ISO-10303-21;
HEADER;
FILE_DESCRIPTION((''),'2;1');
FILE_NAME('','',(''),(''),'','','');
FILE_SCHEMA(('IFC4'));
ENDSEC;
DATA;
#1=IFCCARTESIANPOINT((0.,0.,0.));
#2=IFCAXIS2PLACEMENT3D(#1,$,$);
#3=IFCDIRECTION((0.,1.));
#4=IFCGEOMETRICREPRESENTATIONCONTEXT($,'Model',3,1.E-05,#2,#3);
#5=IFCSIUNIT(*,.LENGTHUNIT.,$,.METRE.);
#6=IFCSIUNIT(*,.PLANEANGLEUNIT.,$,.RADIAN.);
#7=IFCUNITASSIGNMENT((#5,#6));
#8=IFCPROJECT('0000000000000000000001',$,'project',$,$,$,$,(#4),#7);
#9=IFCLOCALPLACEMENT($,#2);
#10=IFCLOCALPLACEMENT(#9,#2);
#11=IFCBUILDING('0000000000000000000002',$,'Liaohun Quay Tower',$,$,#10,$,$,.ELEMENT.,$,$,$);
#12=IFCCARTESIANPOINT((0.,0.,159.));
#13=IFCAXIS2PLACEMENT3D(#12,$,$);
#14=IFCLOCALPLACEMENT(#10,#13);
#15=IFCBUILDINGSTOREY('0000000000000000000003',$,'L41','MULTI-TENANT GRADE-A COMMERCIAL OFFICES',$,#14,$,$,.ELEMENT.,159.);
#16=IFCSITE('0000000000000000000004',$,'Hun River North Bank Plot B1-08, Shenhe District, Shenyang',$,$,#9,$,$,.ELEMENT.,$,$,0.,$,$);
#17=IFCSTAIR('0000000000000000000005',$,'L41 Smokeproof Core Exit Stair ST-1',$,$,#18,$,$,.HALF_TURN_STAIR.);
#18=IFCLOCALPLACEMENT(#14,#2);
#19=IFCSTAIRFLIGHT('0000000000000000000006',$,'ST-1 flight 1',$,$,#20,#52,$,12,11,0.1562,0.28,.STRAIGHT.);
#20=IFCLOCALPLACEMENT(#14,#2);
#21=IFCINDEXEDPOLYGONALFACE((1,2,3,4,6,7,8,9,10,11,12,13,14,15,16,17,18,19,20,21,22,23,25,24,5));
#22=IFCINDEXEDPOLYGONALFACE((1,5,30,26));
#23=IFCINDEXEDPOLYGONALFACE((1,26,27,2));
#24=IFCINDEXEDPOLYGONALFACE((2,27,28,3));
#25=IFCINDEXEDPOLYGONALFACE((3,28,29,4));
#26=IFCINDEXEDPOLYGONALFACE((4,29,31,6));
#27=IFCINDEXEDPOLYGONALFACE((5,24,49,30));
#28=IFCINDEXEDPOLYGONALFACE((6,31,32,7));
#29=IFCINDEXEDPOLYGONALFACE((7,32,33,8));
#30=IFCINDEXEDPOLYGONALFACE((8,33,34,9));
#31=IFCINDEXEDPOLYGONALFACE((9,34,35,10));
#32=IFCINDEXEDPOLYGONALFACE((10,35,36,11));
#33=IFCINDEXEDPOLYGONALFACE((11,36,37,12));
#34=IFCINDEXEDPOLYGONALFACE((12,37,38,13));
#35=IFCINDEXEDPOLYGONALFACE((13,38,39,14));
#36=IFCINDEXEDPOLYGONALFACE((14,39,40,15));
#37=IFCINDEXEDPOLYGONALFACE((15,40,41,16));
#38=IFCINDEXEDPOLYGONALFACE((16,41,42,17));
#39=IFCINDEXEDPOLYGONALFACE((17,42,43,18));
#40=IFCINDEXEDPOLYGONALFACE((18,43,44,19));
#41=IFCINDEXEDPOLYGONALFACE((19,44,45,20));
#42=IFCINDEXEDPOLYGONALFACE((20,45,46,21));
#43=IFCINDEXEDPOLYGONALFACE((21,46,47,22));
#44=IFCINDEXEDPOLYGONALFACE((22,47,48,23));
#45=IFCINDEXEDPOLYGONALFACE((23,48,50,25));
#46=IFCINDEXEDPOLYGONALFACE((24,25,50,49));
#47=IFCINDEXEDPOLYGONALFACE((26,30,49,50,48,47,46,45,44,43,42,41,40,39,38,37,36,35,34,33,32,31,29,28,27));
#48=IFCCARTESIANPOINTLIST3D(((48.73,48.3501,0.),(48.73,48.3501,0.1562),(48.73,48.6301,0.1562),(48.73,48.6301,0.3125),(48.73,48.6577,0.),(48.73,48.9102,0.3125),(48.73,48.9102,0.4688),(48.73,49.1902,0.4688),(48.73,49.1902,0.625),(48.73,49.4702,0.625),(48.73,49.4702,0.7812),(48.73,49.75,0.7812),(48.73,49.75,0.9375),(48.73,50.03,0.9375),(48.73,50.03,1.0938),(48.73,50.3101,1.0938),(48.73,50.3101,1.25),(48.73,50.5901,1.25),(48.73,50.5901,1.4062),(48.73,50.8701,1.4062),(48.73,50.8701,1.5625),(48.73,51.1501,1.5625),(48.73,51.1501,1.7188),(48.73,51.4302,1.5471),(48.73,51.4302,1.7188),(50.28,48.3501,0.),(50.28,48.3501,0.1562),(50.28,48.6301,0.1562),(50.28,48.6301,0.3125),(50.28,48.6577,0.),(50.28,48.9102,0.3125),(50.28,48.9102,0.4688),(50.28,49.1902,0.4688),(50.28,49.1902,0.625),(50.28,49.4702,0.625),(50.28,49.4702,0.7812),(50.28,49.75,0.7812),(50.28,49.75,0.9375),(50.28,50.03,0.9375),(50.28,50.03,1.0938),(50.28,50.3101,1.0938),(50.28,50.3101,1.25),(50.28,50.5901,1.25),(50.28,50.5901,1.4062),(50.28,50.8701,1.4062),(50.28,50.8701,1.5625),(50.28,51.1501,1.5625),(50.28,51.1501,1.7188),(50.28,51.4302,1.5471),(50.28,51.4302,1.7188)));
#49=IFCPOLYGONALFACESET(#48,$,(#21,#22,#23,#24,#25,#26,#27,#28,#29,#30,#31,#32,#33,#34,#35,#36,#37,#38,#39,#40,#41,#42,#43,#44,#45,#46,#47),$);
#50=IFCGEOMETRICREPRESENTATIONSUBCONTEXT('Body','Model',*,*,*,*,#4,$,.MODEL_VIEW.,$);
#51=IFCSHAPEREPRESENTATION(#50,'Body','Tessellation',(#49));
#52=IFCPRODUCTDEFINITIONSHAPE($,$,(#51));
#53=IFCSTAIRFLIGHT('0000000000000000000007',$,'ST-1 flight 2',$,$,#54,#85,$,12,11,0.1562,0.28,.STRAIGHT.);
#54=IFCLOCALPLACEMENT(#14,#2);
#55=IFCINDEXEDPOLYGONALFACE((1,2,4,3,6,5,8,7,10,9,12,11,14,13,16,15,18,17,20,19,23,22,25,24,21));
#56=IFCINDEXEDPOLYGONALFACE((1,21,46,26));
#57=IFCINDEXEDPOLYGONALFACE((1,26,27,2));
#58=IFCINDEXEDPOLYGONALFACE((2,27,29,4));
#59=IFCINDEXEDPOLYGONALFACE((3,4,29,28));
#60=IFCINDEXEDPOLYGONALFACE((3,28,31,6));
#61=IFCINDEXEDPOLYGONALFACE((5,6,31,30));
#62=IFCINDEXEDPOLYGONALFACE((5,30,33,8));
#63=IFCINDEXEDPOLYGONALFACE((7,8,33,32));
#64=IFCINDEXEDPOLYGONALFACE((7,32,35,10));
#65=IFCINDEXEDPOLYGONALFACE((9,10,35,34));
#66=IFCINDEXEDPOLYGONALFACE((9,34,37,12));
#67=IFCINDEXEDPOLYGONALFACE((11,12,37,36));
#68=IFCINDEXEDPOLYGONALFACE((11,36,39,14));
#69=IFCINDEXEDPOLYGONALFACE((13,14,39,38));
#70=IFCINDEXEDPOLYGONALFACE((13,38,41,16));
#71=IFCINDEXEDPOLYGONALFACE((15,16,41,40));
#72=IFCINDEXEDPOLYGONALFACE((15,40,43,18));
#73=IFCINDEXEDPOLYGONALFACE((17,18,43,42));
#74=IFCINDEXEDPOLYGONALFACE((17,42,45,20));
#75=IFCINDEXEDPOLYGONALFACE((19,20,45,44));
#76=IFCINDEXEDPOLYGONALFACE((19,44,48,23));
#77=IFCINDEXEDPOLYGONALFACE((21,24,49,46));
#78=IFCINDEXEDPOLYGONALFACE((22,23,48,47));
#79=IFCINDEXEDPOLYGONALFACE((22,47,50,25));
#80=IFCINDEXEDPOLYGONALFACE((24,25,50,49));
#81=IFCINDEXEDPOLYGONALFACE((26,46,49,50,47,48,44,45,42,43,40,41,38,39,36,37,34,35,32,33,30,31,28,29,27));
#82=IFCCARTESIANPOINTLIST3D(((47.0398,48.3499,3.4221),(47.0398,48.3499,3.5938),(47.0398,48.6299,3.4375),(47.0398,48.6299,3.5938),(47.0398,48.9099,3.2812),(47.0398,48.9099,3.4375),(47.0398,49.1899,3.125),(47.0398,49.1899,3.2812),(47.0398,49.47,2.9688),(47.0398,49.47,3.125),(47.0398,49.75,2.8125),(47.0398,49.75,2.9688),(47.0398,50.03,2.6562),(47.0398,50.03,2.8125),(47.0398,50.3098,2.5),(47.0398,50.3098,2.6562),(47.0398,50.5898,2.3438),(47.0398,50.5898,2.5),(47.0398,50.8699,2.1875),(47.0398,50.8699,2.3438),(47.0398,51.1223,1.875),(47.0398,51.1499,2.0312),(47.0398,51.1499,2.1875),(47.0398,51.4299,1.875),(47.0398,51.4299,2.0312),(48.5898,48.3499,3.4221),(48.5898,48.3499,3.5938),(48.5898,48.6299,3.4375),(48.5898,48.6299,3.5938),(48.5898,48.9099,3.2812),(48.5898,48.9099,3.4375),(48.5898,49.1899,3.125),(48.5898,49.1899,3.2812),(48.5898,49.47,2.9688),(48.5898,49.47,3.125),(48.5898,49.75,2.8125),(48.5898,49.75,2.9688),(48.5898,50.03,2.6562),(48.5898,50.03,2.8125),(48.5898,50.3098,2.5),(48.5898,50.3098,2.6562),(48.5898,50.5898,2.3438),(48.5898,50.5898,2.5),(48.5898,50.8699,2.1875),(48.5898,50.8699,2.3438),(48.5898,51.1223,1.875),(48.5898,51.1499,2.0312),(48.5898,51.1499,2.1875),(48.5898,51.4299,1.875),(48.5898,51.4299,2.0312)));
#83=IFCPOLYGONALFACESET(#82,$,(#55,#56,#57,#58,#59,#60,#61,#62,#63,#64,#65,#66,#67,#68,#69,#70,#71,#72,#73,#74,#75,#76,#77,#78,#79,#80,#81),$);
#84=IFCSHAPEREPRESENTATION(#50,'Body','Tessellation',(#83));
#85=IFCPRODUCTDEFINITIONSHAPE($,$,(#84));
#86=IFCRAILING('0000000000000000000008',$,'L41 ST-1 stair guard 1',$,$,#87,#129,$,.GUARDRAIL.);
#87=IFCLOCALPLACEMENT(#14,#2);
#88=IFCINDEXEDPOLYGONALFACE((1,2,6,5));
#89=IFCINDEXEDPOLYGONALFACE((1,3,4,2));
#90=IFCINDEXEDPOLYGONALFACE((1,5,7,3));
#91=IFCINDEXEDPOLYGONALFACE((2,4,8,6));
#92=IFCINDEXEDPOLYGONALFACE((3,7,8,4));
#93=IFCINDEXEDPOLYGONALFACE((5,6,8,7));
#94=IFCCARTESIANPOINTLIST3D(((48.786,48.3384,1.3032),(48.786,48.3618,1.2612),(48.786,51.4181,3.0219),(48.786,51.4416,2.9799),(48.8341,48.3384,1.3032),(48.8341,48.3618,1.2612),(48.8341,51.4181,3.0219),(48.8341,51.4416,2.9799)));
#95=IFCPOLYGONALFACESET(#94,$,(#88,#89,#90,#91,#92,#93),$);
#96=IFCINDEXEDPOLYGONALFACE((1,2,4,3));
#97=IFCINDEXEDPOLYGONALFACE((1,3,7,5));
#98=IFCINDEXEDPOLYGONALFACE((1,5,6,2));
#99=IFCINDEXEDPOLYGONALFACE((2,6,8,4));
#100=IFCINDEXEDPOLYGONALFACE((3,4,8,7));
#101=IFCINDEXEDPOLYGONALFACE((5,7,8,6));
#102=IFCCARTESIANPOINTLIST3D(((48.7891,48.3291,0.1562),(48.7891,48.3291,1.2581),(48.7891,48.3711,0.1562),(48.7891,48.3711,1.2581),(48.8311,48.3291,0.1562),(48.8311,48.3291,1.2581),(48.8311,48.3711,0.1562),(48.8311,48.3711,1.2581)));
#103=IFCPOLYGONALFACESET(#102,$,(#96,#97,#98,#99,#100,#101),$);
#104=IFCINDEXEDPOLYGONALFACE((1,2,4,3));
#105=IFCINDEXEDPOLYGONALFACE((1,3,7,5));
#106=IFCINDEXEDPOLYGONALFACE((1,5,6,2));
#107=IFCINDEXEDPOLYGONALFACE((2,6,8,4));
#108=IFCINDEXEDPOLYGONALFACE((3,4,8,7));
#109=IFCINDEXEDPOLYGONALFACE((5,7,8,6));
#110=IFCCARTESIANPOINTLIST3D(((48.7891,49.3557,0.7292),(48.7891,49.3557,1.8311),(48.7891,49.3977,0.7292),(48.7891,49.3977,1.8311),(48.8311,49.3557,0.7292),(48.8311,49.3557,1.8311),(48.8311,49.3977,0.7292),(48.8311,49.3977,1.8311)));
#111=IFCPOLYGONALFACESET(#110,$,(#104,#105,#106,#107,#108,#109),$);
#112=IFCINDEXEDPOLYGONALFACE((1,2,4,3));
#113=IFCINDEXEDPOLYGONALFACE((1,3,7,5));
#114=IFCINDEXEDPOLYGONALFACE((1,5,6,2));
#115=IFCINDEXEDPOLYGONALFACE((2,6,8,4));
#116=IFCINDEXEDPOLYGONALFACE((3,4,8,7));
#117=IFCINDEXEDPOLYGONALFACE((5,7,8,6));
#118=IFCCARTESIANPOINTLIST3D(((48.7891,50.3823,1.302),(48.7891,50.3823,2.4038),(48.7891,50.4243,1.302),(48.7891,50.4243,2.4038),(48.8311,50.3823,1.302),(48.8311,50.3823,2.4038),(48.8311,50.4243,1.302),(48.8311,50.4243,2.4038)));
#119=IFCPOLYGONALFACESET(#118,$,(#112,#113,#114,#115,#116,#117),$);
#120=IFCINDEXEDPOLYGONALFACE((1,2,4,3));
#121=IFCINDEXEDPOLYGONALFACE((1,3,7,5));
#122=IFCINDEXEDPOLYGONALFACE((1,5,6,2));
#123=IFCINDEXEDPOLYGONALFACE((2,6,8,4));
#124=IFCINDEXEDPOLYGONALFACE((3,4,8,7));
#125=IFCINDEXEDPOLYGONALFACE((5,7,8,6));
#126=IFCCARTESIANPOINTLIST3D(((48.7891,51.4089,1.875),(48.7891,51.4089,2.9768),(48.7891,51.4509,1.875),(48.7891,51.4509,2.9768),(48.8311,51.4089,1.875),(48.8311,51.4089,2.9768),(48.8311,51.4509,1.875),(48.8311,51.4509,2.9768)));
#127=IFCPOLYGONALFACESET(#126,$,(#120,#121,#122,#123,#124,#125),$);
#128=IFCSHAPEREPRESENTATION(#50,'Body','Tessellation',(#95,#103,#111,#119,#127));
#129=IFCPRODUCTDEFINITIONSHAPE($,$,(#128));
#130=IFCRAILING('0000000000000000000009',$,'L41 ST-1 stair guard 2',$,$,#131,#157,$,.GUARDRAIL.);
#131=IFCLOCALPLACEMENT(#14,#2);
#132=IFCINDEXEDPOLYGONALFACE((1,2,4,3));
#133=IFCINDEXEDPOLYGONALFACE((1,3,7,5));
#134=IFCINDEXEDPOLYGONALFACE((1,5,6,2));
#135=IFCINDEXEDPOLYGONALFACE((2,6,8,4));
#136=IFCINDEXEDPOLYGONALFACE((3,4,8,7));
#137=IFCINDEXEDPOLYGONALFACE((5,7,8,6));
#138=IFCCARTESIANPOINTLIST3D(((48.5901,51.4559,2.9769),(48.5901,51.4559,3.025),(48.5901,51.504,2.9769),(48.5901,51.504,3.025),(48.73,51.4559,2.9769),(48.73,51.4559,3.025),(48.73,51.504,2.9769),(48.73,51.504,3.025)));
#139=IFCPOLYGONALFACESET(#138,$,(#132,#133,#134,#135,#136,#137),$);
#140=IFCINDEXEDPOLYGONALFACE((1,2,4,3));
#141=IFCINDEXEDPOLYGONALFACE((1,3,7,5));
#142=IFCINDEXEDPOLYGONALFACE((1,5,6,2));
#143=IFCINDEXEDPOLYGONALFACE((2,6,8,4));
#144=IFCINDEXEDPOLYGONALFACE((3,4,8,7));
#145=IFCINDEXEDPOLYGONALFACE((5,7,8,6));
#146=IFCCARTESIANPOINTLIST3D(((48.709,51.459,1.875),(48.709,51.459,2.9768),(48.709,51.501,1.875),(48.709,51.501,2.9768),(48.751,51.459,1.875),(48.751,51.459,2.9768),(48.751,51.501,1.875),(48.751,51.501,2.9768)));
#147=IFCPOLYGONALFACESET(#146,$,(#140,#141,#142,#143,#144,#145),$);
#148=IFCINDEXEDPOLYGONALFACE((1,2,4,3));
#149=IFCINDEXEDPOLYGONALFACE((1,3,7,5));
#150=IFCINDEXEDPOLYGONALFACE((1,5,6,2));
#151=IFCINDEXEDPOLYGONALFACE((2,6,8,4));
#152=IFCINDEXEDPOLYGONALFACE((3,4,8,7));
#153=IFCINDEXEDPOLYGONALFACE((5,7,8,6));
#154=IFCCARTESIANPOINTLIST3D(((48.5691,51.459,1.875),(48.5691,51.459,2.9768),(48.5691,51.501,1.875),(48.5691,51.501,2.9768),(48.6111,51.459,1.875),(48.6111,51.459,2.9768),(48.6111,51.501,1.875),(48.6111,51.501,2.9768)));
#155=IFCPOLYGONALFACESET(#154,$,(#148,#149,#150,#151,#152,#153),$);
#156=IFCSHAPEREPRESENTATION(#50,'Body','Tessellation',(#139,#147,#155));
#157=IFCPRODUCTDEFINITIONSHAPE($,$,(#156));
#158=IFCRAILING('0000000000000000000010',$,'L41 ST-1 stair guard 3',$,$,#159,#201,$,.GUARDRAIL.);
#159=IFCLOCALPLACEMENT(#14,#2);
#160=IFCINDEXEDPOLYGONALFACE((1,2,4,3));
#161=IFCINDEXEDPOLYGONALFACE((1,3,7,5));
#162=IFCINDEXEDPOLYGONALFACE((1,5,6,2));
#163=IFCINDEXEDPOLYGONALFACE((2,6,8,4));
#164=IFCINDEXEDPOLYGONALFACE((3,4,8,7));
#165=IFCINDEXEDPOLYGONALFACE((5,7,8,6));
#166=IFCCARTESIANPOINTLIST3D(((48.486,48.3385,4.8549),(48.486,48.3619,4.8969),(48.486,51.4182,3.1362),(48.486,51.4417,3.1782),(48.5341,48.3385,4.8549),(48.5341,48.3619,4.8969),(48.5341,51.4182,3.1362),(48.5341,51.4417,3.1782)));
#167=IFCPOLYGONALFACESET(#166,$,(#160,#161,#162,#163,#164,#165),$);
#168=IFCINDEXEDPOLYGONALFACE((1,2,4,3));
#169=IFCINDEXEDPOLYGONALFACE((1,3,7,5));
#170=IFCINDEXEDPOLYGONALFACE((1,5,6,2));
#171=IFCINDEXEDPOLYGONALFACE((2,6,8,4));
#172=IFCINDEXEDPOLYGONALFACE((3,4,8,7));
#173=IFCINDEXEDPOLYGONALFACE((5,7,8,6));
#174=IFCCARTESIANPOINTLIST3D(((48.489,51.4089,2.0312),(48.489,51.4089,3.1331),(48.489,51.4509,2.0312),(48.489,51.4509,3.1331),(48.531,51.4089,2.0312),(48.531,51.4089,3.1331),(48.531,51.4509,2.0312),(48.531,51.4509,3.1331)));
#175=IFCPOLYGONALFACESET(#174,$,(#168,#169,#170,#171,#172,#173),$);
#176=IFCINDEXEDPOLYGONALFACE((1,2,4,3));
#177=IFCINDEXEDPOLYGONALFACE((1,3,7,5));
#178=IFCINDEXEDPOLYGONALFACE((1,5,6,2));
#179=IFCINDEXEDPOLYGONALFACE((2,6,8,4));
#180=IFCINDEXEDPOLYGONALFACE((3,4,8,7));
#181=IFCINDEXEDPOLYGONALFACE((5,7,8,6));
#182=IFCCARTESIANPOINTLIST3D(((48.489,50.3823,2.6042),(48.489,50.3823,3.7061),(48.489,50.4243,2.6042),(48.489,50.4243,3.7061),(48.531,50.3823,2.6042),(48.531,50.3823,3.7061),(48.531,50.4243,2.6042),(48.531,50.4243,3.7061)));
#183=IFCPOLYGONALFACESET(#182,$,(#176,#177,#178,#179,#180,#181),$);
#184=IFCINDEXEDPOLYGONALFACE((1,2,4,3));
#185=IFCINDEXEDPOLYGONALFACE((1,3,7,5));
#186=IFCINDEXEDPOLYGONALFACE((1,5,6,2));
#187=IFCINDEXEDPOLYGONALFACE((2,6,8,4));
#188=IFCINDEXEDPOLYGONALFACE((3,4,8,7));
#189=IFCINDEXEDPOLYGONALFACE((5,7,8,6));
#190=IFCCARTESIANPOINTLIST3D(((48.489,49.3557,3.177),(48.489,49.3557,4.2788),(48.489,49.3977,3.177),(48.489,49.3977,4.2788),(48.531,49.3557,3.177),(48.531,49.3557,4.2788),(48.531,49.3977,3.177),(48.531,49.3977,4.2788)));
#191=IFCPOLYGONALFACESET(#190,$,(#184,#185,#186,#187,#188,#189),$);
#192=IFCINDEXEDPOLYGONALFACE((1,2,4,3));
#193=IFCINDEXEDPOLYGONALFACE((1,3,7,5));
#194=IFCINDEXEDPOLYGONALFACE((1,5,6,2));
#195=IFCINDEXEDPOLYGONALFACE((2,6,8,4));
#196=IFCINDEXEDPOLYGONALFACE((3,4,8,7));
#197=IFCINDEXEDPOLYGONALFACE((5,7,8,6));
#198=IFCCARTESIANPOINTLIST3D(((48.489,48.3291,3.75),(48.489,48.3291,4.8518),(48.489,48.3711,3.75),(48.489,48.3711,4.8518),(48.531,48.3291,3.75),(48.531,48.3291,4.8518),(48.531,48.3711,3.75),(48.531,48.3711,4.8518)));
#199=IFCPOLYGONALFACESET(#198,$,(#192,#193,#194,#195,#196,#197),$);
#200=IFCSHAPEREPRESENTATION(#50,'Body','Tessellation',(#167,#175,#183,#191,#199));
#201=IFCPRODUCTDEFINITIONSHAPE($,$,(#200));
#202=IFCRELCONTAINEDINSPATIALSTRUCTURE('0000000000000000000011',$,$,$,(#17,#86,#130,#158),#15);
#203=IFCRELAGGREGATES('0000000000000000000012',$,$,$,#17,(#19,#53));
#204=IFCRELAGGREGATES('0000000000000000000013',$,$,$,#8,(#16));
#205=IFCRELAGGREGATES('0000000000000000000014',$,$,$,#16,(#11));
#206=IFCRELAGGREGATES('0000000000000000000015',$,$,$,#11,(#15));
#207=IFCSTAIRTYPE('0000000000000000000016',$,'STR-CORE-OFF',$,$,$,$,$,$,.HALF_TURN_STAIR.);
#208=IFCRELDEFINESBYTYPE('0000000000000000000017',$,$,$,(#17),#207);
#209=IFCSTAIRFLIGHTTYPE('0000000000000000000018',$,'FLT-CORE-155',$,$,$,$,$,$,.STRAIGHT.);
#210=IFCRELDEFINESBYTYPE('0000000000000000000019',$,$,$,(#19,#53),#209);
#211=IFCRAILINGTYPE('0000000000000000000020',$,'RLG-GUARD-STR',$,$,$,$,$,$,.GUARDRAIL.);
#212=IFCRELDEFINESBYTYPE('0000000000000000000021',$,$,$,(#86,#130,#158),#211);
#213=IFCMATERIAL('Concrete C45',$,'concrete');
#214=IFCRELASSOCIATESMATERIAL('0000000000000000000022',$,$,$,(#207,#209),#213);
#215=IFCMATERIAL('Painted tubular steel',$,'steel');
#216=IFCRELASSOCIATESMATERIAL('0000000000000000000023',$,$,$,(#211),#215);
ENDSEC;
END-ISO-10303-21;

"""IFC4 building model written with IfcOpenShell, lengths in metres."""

from ifc_helpers import new_model, si_unit, direction, frame, origin, origin_2d, place, context, subcontext, project, spatial, polyline, rectangle, outline, extrude, material, type_object, element, aggregate, save


model = new_model("IFC4")

# Units and contexts
model_context = context("Model", 3, precision=1e-05, world=origin(), true_north=direction((0.0, 1.0)))
body_context = subcontext(model_context, "Body", "Model", "MODEL_VIEW")
ifc_project = project(units=[si_unit("LENGTHUNIT", "METRE"), si_unit("PLANEANGLEUNIT", "RADIAN")], contexts=[model_context])

# Site, building, storey
site_placement = place(None, origin())
site = spatial("IfcSite", under=ifc_project, at=site_placement, Name="Hun River North Bank Plot B1-08, Shenhe District, Shenyang", CompositionType="ELEMENT", RefElevation=0.0)
building_placement = place(site_placement, origin())
building = spatial("IfcBuilding", under=site, at=building_placement, Name="Liaohun Quay Tower", CompositionType="ELEMENT")
storey_placement = place(building_placement, frame((0.0, 0.0, 159.0)))
storey = spatial("IfcBuildingStorey", under=building, at=storey_placement, Name="L41", Description="MULTI-TENANT GRADE-A COMMERCIAL OFFICES", CompositionType="ELEMENT", Elevation=159.0)

# Stair
ifc_material_1 = material(Name="Concrete C45", Category="concrete")
stair_type = type_object("IfcStairType", Name="STR-CORE-OFF", PredefinedType="HALF_TURN_STAIR", material=ifc_material_1)
stair_1_placement = place(storey_placement, origin())
stair_1 = element("IfcStair", 1, at=stair_1_placement, inside=storey, type_object=stair_type, Name="L41 Smokeproof Core Exit Stair ST-1", PredefinedType="HALF_TURN_STAIR")

# Stair flights
stair_flight_type = type_object("IfcStairFlightType", Name="FLT-CORE-155", PredefinedType="STRAIGHT", material=ifc_material_1)
stair_flight_1_placement = place(storey_placement, frame((49.5049, 48.3501, 0.0), z_axis=(0.0, 0.0, 1.0), x_axis=(0.0, 1.0, 0.0)))
stair_flight_1 = element("IfcStairFlight", 2, at=stair_flight_1_placement, type_object=stair_flight_type, Name="ST-1 flight 1", NumberOfRisers=12, NumberOfTreads=11, PredefinedType="STRAIGHT", RiserHeight=0.1562, TreadLength=0.28, context=body_context, shape_type="SweptSolid", body=[
    extrude(outline(polyline([(0.0, 0.0), (0.0, 0.1562), (0.28, 0.1562), (0.28, 0.3125), (0.5601, 0.3125), (0.5601, 0.4688), (0.8401, 0.4688), (0.8401, 0.625), (1.1201, 0.625), (1.1201, 0.7812), (1.3999, 0.7812), (1.3999, 0.9375), (1.6799, 0.9375), (1.6799, 1.0938), (1.96, 1.0938), (1.96, 1.25), (2.24, 1.25), (2.24, 1.4062), (2.52, 1.4062), (2.52, 1.5625), (2.8, 1.5625), (2.8, 1.7188), (3.0801, 1.7188), (3.0801, 1.875), (3.0801, 1.5471), (0.3076, 0.0), (0.0, 0.0)])), frame((0.0, 0.7749, 0.0), z_axis=(0.0, -1.0, 0.0), x_axis=(1.0, 0.0, 0.0)), (0.0, 0.0, 1.0), 1.55),
])
stair_flight_2_placement = place(storey_placement, frame((47.8149, 51.4299, 1.875), z_axis=(0.0, 0.0, 1.0), x_axis=(0.0, -1.0, 0.0)))
stair_flight_2 = element("IfcStairFlight", 3, at=stair_flight_2_placement, type_object=stair_flight_type, Name="ST-1 flight 2", NumberOfRisers=12, NumberOfTreads=11, PredefinedType="STRAIGHT", RiserHeight=0.1562, TreadLength=0.28, context=body_context, shape_type="SweptSolid", body=[
    extrude(outline(polyline([(0.0, 0.0), (0.0, 0.1562), (0.28, 0.1562), (0.28, 0.3125), (0.5601, 0.3125), (0.5601, 0.4688), (0.8401, 0.4688), (0.8401, 0.625), (1.1201, 0.625), (1.1201, 0.7812), (1.3999, 0.7812), (1.3999, 0.9375), (1.6799, 0.9375), (1.6799, 1.0938), (1.96, 1.0938), (1.96, 1.25), (2.24, 1.25), (2.24, 1.4062), (2.52, 1.4062), (2.52, 1.5625), (2.8, 1.5625), (2.8, 1.7188), (3.0801, 1.7188), (3.0801, 1.875), (3.0801, 1.5471), (0.3076, 0.0), (0.0, 0.0)])), frame((0.0, 0.7749, 0.0), z_axis=(0.0, -1.0, 0.0), x_axis=(1.0, 0.0, 0.0)), (0.0, 0.0, 1.0), 1.55),
])
aggregate(stair_1, [stair_flight_1, stair_flight_2])

# Railings
ifc_material_2 = material(Name="Painted tubular steel", Category="steel")
railing_type_1 = type_object("IfcRailingType", Name="RLG-GUARD-STR", PredefinedType="GUARDRAIL", material=ifc_material_2)
railing_1_placement = place(storey_placement, frame((48.8101, 48.3501, 0.1562)))
element("IfcRailing", 4, at=railing_1_placement, inside=storey, type_object=railing_type_1, Name="L41 ST-1 stair guard 1", PredefinedType="GUARDRAIL", context=body_context, shape_type="SweptSolid", body=[
    extrude(rectangle(XDim=0.0481, YDim=0.0481, at=origin_2d()), frame((0.0, 0.0, 1.126), z_axis=(0.0, 0.873225, 0.487317), x_axis=(-1.0, 0.0, 0.0)), (0.0, 0.0, 1.0), 3.5269),
    extrude(rectangle(XDim=0.042, YDim=0.042, at=origin_2d()), origin(), (0.0, 0.0, 1.0), 1.1018),
    extrude(rectangle(XDim=0.042, YDim=0.042, at=origin_2d()), frame((0.0, 1.0266, 0.573)), (0.0, 0.0, 1.0), 1.1018),
    extrude(rectangle(XDim=0.042, YDim=0.042, at=origin_2d()), frame((0.0, 2.0532, 1.1458)), (0.0, 0.0, 1.0), 1.1018),
    extrude(rectangle(XDim=0.042, YDim=0.042, at=origin_2d()), frame((0.0, 3.0798, 1.7188)), (0.0, 0.0, 1.0), 1.1018),
])
railing_2_placement = place(storey_placement, frame((48.73, 51.48, 1.875)))
element("IfcRailing", 5, at=railing_2_placement, inside=storey, type_object=railing_type_1, Name="L41 ST-1 stair guard 2", PredefinedType="GUARDRAIL", context=body_context, shape_type="SweptSolid", body=[
    extrude(rectangle(XDim=0.0481, YDim=0.0481, at=origin_2d()), frame((0.0, 0.0, 1.126), z_axis=(-1.0, 0.0, 0.0), x_axis=(0.0, -1.0, 0.0)), (0.0, 0.0, 1.0), 0.1399),
    extrude(rectangle(XDim=0.042, YDim=0.042, at=origin_2d()), origin(), (0.0, 0.0, 1.0), 1.1018),
    extrude(rectangle(XDim=0.042, YDim=0.042, at=origin_2d()), frame((-0.1399, 0.0, 0.0)), (0.0, 0.0, 1.0), 1.1018),
])
railing_3_placement = place(storey_placement, frame((48.51, 51.4299, 2.0312)))
element("IfcRailing", 6, at=railing_3_placement, inside=storey, type_object=railing_type_1, Name="L41 ST-1 stair guard 3", PredefinedType="GUARDRAIL", context=body_context, shape_type="SweptSolid", body=[
    extrude(rectangle(XDim=0.0481, YDim=0.0481, at=origin_2d()), frame((0.0, 0.0, 1.126), z_axis=(0.0, -0.873225, 0.487317), x_axis=(1.0, 0.0, 0.0)), (0.0, 0.0, 1.0), 3.5269),
    extrude(rectangle(XDim=0.042, YDim=0.042, at=origin_2d()), origin(), (0.0, 0.0, 1.0), 1.1018),
    extrude(rectangle(XDim=0.042, YDim=0.042, at=origin_2d()), frame((0.0, -1.0266, 0.573)), (0.0, 0.0, 1.0), 1.1018),
    extrude(rectangle(XDim=0.042, YDim=0.042, at=origin_2d()), frame((0.0, -2.0532, 1.1458)), (0.0, 0.0, 1.0), 1.1018),
    extrude(rectangle(XDim=0.042, YDim=0.042, at=origin_2d()), frame((0.0, -3.0798, 1.7188)), (0.0, 0.0, 1.0), 1.1018),
])

save(model, "model.ifc")
